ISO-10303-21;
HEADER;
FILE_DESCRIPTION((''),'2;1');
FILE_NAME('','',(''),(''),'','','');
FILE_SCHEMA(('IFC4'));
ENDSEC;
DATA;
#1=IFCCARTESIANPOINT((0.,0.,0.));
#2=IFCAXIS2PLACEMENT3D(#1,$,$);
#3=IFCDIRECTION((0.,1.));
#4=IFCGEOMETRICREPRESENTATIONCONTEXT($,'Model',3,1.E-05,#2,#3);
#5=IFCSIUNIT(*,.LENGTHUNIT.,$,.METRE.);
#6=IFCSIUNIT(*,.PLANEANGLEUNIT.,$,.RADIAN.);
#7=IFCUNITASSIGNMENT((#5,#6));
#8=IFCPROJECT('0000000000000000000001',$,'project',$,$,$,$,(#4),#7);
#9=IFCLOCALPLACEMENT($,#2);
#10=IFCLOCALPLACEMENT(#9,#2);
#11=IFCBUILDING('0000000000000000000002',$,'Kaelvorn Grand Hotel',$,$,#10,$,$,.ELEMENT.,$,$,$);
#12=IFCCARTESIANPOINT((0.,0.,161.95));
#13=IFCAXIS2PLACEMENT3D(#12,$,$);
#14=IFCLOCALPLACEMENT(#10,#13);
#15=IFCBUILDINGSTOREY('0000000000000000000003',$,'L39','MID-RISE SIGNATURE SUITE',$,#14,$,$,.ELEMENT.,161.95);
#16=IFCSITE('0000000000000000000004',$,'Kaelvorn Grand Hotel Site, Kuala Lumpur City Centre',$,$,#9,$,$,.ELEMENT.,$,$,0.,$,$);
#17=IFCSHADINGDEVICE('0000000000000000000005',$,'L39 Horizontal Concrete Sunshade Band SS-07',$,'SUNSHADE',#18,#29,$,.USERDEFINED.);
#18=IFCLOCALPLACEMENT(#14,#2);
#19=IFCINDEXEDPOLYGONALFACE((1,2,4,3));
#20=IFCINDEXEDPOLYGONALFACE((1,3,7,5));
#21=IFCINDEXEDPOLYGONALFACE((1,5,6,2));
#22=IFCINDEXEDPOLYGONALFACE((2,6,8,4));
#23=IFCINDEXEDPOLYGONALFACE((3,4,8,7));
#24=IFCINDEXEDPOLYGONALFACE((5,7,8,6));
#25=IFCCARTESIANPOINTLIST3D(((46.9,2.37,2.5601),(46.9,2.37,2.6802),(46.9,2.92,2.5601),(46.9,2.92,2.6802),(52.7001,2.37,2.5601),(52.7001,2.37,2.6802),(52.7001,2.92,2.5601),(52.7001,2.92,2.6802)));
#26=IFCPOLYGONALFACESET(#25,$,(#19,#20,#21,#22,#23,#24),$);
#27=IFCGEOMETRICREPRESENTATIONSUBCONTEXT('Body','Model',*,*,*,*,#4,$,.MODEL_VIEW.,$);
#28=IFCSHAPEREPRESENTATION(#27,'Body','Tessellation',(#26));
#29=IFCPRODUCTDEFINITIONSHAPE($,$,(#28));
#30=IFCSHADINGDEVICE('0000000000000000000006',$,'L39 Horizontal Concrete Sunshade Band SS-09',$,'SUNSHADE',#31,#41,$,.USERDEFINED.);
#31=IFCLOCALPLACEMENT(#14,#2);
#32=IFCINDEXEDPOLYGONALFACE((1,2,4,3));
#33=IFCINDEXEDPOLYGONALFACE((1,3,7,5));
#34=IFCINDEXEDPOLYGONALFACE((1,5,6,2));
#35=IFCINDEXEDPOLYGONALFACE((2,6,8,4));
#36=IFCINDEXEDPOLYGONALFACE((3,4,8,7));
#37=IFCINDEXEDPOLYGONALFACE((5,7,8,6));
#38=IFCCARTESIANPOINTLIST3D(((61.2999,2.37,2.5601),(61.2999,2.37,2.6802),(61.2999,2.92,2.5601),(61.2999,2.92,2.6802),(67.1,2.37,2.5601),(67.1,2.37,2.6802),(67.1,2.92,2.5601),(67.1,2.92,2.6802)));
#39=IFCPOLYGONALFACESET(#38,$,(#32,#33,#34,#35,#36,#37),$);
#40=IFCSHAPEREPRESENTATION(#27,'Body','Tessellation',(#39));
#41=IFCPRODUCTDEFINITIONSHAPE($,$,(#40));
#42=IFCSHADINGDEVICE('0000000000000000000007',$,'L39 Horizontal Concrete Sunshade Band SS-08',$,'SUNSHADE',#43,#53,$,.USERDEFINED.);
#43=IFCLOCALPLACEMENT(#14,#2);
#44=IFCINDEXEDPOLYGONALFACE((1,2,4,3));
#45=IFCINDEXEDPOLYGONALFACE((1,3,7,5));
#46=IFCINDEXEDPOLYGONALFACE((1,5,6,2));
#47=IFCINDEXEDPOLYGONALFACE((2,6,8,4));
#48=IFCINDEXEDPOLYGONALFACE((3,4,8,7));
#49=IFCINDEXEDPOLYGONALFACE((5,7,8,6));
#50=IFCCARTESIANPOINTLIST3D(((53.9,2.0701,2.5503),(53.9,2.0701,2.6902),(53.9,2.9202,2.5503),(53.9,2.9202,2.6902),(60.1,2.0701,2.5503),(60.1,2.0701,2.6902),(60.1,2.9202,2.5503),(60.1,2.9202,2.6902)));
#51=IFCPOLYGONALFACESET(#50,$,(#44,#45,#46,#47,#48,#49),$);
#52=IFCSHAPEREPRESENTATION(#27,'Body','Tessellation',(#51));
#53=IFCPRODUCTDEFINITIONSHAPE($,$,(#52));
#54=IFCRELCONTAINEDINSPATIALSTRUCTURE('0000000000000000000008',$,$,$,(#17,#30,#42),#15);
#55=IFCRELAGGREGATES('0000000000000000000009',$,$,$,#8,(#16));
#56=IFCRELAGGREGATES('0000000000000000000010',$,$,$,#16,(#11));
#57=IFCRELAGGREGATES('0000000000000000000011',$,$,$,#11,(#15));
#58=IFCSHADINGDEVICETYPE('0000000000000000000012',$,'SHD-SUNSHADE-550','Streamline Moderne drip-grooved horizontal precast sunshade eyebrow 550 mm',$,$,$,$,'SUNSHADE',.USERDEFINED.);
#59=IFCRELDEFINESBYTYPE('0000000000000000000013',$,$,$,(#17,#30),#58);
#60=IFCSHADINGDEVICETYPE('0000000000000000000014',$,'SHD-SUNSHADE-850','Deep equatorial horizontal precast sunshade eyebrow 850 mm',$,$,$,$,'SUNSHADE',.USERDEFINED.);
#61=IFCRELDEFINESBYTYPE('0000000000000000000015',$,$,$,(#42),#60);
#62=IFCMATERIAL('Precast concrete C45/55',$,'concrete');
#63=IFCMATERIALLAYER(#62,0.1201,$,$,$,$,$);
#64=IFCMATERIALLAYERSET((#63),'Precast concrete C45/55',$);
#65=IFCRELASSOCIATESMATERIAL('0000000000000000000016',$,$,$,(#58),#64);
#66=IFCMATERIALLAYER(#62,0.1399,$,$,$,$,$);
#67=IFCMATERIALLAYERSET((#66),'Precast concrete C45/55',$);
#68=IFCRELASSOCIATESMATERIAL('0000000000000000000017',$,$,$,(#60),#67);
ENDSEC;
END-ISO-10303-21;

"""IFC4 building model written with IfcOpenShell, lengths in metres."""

from ifc_helpers import new_model, si_unit, direction, frame, origin, origin_2d, place, context, subcontext, project, spatial, rectangle, extrude, material, layer, layer_set, type_object, element, save


model = new_model("IFC4")

# Units and contexts
model_context = context("Model", 3, precision=1e-05, world=origin(), true_north=direction((0.0, 1.0)))
body_context = subcontext(model_context, "Body", "Model", "MODEL_VIEW")
ifc_project = project(units=[si_unit("LENGTHUNIT", "METRE"), si_unit("PLANEANGLEUNIT", "RADIAN")], contexts=[model_context])

# Site, building, storey
site_placement = place(None, origin())
site = spatial("IfcSite", under=ifc_project, at=site_placement, Name="Kaelvorn Grand Hotel Site, Kuala Lumpur City Centre", CompositionType="ELEMENT", RefElevation=0.0)
building_placement = place(site_placement, origin())
building = spatial("IfcBuilding", under=site, at=building_placement, Name="Kaelvorn Grand Hotel", CompositionType="ELEMENT")
storey_placement = place(building_placement, frame((0.0, 0.0, 161.95)))
storey = spatial("IfcBuildingStorey", under=building, at=storey_placement, Name="L39", Description="MID-RISE SIGNATURE SUITE", CompositionType="ELEMENT", Elevation=161.95)

# Shading devices
ifc_material_1 = material(Name="Precast concrete C45/55", Category="concrete")
ifc_layer_1 = layer(ifc_material_1, 0.1201)
ifc_layer_set_1 = layer_set([ifc_layer_1], Name="Precast concrete C45/55")
shading_device_type_1 = type_object("IfcShadingDeviceType", Name="SHD-SUNSHADE-550", Description="Streamline Moderne drip-grooved horizontal precast sunshade eyebrow 550 mm", ElementType="SUNSHADE", PredefinedType="USERDEFINED", material=ifc_layer_set_1)
for number, where, z_axis, x_axis, name in (
    (1, (49.8, 2.645, 2.5601), (0.0, 0.0, 1.0), (1.0, 0.0, 0.0), "L39 Horizontal Concrete Sunshade Band SS-07"),
    (2, (64.2, 2.645, 2.5601), (0.0, 0.0, 1.0), (1.0, 0.0, 0.0), "L39 Horizontal Concrete Sunshade Band SS-09"),
):
    element("IfcShadingDevice", number, at=place(storey_placement, frame(where, z_axis=z_axis, x_axis=x_axis)), inside=storey, type_object=shading_device_type_1, Name=name, ObjectType="SUNSHADE", PredefinedType="USERDEFINED", context=body_context, shape_type="SweptSolid", body=[
        extrude(rectangle(XDim=5.8, YDim=0.55, at=origin_2d()), origin(), (0.0, 0.0, 1.0), 0.1201),
    ])
ifc_layer_2 = layer(ifc_material_1, 0.1399)
ifc_layer_set_2 = layer_set([ifc_layer_2], Name="Precast concrete C45/55")
shading_device_type_2 = type_object("IfcShadingDeviceType", Name="SHD-SUNSHADE-850", Description="Deep equatorial horizontal precast sunshade eyebrow 850 mm", ElementType="SUNSHADE", PredefinedType="USERDEFINED", material=ifc_layer_set_2)
shading_device_placement = place(storey_placement, frame((57.0, 2.4951, 2.5503), z_axis=(0.0, 0.0, 1.0), x_axis=(1.0, 0.0, 0.0)))
element("IfcShadingDevice", 3, at=shading_device_placement, inside=storey, type_object=shading_device_type_2, Name="L39 Horizontal Concrete Sunshade Band SS-08", ObjectType="SUNSHADE", PredefinedType="USERDEFINED", context=body_context, shape_type="SweptSolid", body=[
    extrude(rectangle(XDim=6.2, YDim=0.8501, at=origin_2d()), origin(), (0.0, 0.0, 1.0), 0.1399),
])

save(model, "model.ifc")
